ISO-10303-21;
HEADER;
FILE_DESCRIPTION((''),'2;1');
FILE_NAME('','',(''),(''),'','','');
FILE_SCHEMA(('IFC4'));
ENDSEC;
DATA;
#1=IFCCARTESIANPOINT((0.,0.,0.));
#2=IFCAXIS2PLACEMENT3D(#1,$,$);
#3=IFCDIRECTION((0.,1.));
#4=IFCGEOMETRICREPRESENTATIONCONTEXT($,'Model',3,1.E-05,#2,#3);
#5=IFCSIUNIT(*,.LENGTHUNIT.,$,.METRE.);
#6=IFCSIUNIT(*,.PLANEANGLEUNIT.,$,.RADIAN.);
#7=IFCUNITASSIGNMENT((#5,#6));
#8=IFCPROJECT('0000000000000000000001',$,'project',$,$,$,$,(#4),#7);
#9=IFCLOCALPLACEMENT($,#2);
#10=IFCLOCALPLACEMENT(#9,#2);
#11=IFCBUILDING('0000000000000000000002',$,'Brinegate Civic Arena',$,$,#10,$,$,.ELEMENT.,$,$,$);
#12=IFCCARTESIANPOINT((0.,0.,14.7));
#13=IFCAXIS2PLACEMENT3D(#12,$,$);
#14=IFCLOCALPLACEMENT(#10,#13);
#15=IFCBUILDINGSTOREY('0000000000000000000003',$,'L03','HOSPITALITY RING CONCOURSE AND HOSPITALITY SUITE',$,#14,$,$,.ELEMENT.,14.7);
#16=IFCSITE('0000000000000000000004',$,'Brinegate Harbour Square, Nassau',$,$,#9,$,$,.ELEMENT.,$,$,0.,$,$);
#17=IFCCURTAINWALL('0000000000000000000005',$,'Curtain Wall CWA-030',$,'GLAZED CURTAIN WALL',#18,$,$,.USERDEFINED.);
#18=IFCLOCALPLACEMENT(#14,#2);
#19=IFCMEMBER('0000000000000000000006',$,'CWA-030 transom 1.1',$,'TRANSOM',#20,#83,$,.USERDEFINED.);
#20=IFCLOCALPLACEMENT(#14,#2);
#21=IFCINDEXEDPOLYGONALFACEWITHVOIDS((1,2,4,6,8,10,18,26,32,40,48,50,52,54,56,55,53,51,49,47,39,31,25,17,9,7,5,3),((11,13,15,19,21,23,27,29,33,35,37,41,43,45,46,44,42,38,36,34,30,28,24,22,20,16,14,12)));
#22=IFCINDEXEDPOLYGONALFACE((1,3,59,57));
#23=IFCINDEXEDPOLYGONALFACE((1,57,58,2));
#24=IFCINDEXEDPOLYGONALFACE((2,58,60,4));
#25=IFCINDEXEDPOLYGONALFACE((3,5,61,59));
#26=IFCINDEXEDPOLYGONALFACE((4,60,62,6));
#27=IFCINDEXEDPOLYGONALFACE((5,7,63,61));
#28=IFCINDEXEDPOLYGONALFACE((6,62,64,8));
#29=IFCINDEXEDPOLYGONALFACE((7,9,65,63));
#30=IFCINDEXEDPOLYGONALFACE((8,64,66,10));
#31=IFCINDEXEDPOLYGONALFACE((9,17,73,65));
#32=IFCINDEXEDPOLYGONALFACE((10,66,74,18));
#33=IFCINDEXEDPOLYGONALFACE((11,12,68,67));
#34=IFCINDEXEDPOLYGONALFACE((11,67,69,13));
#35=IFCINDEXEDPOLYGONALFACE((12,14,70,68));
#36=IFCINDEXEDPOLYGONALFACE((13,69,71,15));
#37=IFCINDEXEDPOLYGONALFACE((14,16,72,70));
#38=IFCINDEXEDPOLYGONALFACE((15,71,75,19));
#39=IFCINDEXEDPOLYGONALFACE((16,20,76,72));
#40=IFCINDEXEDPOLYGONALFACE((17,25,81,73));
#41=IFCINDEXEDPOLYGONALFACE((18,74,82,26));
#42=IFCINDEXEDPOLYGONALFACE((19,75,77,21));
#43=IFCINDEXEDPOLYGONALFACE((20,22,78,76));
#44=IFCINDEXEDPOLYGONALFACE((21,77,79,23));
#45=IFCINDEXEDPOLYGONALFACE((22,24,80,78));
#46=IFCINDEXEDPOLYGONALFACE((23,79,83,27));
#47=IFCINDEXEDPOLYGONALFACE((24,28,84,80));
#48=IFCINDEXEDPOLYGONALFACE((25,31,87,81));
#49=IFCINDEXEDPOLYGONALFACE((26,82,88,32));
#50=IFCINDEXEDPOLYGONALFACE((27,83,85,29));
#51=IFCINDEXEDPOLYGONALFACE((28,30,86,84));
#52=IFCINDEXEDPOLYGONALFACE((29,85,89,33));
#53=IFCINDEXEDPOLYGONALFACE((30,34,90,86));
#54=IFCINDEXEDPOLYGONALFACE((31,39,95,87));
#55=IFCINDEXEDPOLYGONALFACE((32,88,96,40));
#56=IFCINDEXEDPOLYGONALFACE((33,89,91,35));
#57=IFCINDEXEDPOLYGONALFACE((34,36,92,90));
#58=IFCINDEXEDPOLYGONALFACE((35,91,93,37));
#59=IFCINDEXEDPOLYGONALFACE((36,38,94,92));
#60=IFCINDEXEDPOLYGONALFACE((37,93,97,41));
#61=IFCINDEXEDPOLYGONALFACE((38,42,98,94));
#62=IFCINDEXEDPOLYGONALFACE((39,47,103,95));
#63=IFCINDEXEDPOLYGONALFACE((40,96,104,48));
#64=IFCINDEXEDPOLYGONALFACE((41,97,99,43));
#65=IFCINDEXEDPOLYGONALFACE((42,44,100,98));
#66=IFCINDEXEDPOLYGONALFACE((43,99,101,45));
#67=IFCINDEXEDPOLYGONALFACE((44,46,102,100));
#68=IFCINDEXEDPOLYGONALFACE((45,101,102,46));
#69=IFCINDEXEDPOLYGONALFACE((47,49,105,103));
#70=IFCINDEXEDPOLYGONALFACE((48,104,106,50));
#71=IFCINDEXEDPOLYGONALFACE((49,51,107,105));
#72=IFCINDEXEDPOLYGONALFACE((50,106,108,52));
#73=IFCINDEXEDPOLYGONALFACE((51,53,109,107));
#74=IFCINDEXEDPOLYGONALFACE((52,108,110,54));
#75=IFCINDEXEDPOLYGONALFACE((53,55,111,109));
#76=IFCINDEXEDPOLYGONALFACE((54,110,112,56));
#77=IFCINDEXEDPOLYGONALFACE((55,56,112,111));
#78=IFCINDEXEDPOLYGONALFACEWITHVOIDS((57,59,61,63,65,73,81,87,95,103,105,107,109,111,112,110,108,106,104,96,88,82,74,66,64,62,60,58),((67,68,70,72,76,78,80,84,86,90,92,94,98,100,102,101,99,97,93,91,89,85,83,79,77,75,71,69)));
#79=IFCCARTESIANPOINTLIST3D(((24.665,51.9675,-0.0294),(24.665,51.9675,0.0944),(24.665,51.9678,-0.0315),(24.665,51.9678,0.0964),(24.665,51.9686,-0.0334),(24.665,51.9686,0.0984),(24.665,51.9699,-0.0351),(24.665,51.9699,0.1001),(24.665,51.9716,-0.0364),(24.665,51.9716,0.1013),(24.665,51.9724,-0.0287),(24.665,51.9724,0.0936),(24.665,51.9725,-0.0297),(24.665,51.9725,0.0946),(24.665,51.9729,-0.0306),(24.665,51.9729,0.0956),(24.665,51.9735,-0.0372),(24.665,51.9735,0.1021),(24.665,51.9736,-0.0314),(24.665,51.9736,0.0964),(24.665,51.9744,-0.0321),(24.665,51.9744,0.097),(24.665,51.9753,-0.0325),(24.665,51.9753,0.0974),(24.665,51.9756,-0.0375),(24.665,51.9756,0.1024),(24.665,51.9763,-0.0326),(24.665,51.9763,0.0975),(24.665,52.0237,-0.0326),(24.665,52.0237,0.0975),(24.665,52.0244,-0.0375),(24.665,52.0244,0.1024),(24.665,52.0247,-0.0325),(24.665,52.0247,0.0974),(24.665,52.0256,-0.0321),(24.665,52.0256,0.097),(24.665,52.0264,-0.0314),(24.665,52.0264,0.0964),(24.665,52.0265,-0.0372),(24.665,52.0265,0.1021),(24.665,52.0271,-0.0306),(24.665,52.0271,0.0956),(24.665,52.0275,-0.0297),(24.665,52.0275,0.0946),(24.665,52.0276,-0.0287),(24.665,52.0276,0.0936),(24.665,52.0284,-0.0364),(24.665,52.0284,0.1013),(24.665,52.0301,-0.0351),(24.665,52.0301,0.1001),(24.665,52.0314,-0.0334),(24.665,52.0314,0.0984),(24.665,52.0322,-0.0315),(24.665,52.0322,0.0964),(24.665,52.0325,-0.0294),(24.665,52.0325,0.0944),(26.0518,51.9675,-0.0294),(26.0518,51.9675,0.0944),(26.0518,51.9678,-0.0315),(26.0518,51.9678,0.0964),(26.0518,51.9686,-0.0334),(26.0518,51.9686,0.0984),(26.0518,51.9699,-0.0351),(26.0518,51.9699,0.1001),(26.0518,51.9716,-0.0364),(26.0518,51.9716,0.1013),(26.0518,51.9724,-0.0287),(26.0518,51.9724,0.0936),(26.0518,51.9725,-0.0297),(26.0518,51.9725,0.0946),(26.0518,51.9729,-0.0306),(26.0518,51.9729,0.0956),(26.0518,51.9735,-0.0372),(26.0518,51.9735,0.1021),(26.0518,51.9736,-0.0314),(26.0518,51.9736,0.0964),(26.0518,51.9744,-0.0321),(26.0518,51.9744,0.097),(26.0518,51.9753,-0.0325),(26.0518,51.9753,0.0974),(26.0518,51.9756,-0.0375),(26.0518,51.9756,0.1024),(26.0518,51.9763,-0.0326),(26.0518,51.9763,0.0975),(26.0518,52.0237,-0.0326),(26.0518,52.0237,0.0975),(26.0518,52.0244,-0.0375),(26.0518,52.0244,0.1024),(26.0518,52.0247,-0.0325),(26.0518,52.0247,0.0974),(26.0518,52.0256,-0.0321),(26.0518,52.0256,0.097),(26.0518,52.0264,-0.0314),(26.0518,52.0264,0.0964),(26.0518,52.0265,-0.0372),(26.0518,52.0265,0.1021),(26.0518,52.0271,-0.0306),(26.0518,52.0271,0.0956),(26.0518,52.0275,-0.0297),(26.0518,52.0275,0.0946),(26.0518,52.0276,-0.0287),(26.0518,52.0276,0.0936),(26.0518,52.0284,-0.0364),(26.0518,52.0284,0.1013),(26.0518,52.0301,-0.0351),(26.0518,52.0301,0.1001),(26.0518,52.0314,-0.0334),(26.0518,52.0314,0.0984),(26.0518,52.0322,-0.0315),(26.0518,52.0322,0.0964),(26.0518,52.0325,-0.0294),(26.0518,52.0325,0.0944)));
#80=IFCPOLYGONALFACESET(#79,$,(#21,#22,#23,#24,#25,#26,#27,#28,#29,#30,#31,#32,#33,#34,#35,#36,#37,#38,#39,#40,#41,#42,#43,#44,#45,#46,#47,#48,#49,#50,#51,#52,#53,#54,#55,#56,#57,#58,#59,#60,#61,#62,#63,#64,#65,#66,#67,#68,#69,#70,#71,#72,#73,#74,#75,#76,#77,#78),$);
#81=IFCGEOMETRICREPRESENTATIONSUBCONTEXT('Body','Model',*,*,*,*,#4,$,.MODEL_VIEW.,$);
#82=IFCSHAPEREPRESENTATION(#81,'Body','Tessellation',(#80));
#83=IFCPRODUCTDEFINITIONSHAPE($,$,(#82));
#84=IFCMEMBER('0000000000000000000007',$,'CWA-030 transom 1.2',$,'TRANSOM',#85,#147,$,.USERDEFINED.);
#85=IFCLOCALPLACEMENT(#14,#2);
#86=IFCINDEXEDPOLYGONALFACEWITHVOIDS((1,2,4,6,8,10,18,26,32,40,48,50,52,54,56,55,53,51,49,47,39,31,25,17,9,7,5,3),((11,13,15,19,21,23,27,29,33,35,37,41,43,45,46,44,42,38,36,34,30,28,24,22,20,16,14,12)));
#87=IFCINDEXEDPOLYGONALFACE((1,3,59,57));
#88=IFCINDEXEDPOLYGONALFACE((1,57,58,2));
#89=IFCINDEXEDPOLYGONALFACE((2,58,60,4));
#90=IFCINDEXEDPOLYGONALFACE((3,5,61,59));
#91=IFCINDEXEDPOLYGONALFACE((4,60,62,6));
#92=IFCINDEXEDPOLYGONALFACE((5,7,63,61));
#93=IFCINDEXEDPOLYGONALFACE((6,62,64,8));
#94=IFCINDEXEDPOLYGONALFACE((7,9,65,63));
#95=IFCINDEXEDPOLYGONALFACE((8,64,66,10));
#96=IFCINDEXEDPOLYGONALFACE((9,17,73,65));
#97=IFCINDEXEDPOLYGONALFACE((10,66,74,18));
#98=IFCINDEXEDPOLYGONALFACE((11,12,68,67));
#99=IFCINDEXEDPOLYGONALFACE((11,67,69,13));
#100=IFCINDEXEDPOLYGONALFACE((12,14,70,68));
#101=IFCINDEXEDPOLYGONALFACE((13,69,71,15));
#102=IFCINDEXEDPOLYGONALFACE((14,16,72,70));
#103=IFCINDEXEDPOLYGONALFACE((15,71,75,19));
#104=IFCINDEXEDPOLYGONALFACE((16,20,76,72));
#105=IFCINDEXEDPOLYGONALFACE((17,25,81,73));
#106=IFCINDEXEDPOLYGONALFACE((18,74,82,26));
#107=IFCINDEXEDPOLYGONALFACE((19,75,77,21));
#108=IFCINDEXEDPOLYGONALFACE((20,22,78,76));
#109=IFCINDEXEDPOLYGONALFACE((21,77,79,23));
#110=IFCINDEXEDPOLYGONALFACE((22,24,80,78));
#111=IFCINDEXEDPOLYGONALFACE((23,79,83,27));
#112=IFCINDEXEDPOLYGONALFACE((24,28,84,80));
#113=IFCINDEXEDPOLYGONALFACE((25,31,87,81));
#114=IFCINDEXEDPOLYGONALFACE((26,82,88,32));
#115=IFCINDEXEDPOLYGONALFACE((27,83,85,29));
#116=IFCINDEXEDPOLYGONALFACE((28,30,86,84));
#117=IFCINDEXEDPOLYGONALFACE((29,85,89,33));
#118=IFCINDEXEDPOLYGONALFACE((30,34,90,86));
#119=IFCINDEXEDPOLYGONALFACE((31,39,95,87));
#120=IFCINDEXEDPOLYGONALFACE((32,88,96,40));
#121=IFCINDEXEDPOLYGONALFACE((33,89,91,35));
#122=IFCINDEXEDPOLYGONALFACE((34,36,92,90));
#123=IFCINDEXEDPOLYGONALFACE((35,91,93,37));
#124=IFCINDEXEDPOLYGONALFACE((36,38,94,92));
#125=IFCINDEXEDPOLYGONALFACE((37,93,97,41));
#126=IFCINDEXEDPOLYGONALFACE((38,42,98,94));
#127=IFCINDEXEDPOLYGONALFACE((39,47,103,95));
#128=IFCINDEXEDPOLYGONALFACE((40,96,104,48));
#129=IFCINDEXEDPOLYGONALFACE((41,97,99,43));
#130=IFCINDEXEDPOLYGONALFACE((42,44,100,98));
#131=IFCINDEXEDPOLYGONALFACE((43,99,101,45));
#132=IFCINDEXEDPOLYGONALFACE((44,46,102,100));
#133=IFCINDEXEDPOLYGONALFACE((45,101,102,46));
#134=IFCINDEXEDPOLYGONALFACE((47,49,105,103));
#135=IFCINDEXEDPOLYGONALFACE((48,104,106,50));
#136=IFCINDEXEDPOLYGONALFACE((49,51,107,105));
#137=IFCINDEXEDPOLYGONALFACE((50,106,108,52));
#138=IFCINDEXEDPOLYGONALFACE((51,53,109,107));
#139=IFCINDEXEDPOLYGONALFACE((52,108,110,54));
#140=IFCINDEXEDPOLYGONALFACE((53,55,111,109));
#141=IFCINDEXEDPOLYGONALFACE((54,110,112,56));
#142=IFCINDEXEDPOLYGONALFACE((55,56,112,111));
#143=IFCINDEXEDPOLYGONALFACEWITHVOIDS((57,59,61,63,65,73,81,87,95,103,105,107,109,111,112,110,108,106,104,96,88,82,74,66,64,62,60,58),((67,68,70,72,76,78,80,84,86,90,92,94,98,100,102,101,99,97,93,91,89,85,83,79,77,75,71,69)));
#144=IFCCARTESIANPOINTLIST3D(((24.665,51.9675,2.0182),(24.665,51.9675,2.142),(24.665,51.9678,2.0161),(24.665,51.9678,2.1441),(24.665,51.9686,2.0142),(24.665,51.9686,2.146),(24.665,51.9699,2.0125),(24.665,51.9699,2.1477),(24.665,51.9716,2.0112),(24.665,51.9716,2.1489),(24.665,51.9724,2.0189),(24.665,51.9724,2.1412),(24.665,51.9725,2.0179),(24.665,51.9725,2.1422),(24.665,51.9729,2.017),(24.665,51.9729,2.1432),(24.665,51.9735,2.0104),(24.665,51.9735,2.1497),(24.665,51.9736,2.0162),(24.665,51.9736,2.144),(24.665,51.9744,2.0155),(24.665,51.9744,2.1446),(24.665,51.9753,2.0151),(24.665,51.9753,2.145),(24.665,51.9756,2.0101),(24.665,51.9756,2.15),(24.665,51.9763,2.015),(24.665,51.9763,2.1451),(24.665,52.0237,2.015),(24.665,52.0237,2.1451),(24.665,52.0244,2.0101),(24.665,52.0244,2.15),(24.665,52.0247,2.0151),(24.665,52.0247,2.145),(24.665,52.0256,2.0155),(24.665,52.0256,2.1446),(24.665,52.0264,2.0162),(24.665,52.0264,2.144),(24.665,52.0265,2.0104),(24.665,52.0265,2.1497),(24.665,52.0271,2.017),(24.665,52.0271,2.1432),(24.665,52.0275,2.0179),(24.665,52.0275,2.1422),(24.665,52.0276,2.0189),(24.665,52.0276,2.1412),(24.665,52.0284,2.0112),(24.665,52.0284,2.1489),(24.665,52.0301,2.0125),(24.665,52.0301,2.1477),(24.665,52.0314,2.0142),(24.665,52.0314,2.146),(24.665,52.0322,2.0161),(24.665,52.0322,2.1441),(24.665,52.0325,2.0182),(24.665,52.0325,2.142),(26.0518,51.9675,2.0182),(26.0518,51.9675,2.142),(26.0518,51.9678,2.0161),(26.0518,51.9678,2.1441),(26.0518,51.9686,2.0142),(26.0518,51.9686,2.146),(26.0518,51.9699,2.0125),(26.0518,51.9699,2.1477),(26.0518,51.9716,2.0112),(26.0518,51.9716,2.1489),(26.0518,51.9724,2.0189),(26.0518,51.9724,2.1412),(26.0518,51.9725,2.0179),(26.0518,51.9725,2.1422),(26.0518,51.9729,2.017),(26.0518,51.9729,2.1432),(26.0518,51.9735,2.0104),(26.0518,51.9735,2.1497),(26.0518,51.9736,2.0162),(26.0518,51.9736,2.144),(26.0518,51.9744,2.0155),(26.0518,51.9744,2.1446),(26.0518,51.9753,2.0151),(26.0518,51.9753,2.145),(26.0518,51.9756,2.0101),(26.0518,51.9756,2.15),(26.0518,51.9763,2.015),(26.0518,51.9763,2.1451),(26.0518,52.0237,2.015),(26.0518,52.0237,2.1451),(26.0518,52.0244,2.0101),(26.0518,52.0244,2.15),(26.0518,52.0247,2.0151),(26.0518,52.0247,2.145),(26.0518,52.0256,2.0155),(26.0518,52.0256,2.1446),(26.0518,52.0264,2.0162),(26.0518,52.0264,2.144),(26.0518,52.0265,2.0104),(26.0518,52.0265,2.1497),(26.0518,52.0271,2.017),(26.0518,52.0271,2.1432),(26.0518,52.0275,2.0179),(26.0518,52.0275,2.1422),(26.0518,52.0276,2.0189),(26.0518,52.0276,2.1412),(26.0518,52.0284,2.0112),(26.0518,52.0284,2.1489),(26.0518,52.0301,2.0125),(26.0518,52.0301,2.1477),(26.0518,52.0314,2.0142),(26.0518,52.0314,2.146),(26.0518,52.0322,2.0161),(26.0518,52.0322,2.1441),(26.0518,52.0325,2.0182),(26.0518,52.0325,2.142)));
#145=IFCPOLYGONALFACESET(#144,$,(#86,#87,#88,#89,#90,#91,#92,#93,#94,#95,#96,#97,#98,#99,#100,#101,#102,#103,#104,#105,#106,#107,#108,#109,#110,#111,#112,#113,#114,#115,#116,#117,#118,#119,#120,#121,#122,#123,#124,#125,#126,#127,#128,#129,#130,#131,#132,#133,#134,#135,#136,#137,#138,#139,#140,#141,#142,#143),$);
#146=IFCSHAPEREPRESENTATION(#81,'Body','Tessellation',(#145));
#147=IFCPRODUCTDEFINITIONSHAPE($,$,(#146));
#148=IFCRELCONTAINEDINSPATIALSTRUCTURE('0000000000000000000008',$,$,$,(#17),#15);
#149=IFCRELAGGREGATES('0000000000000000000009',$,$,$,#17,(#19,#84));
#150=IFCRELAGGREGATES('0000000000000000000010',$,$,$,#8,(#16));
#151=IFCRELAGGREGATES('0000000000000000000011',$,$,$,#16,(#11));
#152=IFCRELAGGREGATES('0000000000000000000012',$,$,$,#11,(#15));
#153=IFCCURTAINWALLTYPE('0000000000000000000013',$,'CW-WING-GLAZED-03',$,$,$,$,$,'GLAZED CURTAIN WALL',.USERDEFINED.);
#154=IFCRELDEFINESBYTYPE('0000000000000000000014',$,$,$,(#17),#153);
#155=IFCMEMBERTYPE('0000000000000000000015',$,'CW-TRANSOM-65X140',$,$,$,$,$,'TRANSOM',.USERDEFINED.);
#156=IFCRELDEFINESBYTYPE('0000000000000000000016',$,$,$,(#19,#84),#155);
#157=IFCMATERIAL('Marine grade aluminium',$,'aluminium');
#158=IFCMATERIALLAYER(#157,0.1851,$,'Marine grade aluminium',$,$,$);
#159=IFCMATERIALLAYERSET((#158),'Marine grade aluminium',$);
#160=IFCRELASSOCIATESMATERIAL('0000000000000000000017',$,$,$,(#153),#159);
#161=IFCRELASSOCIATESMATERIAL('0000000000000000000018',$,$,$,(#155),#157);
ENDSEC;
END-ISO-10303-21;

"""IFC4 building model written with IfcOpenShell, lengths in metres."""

from ifc_helpers import new_model, si_unit, direction, frame, origin, origin_2d, place, context, subcontext, project, spatial, hollow_rectangle, extrude, material, layer, layer_set, material_profile, profile_set, type_object, element, aggregate, save


model = new_model("IFC4")

# Units and contexts
model_context = context("Model", 3, precision=1e-05, world=origin(), true_north=direction((0.0, 1.0)))
body_context = subcontext(model_context, "Body", "Model", "MODEL_VIEW")
ifc_project = project(units=[si_unit("LENGTHUNIT", "METRE"), si_unit("PLANEANGLEUNIT", "RADIAN")], contexts=[model_context])

# Site, building, storey
site_placement = place(None, origin())
site = spatial("IfcSite", under=ifc_project, at=site_placement, Name="Brinegate Harbour Square, Nassau", CompositionType="ELEMENT", RefElevation=0.0)
building_placement = place(site_placement, origin())
building = spatial("IfcBuilding", under=site, at=building_placement, Name="Brinegate Civic Arena", CompositionType="ELEMENT")
storey_placement = place(building_placement, frame((0.0, 0.0, 14.7)))
storey = spatial("IfcBuildingStorey", under=building, at=storey_placement, Name="L03", Description="HOSPITALITY RING CONCOURSE AND HOSPITALITY SUITE", CompositionType="ELEMENT", Elevation=14.7)

# Curtain wall
ifc_material_1 = material(Name="Marine grade aluminium", Category="aluminium")
ifc_layer_1 = layer(ifc_material_1, 0.1851, Name="Marine grade aluminium")
ifc_layer_set_1 = layer_set([ifc_layer_1], Name="Marine grade aluminium")
curtain_wall_type = type_object("IfcCurtainWallType", Name="CW-WING-GLAZED-03", ElementType="GLAZED CURTAIN WALL", PredefinedType="USERDEFINED", material=ifc_layer_set_1)
curtain_wall_1_placement = place(storey_placement, origin())
curtain_wall_1 = element("IfcCurtainWall", 1, at=curtain_wall_1_placement, inside=storey, type_object=curtain_wall_type, Name="Curtain Wall CWA-030", ObjectType="GLAZED CURTAIN WALL", PredefinedType="USERDEFINED")

# Members
ifc_material_profile_1 = material_profile(ifc_material_1, hollow_rectangle(XDim=0.0649, YDim=0.1399, WallThickness=0.0049, InnerFilletRadius=0.0039, OuterFilletRadius=0.0081, at=origin_2d()), Name="TRN65X140")
ifc_profile_set_1 = profile_set([ifc_material_profile_1], Name="Marine grade aluminium")
member_type_1 = type_object("IfcMemberType", Name="CW-TRANSOM-65X140", ElementType="TRANSOM", PredefinedType="USERDEFINED", material=ifc_profile_set_1)
member_1_placement = place(storey_placement, frame((24.665, 52.0, 0.0325), z_axis=(1.0, 0.0, 0.0), x_axis=(0.0, 1.0, 0.0)))
member_1 = element("IfcMember", 2, at=member_1_placement, type_object=member_type_1, Name="CWA-030 transom 1.1", ObjectType="TRANSOM", PredefinedType="USERDEFINED", context=body_context, shape_type="SweptSolid", body=[
    extrude(hollow_rectangle(XDim=0.0649, YDim=0.1399, WallThickness=0.0049, InnerFilletRadius=0.0039, OuterFilletRadius=0.0081, at=origin_2d()), origin(), (0.0, 0.0, 1.0), 1.3867),
])
member_2_placement = place(storey_placement, frame((24.665, 52.0, 2.0801), z_axis=(1.0, 0.0, 0.0), x_axis=(0.0, 1.0, 0.0)))
member_2 = element("IfcMember", 3, at=member_2_placement, type_object=member_type_1, Name="CWA-030 transom 1.2", ObjectType="TRANSOM", PredefinedType="USERDEFINED", context=body_context, shape_type="SweptSolid", body=[
    extrude(hollow_rectangle(XDim=0.0649, YDim=0.1399, WallThickness=0.0049, InnerFilletRadius=0.0039, OuterFilletRadius=0.0081, at=origin_2d()), origin(), (0.0, 0.0, 1.0), 1.3867),
])

aggregate(curtain_wall_1, [member_1, member_2])

save(model, "model.ifc")
